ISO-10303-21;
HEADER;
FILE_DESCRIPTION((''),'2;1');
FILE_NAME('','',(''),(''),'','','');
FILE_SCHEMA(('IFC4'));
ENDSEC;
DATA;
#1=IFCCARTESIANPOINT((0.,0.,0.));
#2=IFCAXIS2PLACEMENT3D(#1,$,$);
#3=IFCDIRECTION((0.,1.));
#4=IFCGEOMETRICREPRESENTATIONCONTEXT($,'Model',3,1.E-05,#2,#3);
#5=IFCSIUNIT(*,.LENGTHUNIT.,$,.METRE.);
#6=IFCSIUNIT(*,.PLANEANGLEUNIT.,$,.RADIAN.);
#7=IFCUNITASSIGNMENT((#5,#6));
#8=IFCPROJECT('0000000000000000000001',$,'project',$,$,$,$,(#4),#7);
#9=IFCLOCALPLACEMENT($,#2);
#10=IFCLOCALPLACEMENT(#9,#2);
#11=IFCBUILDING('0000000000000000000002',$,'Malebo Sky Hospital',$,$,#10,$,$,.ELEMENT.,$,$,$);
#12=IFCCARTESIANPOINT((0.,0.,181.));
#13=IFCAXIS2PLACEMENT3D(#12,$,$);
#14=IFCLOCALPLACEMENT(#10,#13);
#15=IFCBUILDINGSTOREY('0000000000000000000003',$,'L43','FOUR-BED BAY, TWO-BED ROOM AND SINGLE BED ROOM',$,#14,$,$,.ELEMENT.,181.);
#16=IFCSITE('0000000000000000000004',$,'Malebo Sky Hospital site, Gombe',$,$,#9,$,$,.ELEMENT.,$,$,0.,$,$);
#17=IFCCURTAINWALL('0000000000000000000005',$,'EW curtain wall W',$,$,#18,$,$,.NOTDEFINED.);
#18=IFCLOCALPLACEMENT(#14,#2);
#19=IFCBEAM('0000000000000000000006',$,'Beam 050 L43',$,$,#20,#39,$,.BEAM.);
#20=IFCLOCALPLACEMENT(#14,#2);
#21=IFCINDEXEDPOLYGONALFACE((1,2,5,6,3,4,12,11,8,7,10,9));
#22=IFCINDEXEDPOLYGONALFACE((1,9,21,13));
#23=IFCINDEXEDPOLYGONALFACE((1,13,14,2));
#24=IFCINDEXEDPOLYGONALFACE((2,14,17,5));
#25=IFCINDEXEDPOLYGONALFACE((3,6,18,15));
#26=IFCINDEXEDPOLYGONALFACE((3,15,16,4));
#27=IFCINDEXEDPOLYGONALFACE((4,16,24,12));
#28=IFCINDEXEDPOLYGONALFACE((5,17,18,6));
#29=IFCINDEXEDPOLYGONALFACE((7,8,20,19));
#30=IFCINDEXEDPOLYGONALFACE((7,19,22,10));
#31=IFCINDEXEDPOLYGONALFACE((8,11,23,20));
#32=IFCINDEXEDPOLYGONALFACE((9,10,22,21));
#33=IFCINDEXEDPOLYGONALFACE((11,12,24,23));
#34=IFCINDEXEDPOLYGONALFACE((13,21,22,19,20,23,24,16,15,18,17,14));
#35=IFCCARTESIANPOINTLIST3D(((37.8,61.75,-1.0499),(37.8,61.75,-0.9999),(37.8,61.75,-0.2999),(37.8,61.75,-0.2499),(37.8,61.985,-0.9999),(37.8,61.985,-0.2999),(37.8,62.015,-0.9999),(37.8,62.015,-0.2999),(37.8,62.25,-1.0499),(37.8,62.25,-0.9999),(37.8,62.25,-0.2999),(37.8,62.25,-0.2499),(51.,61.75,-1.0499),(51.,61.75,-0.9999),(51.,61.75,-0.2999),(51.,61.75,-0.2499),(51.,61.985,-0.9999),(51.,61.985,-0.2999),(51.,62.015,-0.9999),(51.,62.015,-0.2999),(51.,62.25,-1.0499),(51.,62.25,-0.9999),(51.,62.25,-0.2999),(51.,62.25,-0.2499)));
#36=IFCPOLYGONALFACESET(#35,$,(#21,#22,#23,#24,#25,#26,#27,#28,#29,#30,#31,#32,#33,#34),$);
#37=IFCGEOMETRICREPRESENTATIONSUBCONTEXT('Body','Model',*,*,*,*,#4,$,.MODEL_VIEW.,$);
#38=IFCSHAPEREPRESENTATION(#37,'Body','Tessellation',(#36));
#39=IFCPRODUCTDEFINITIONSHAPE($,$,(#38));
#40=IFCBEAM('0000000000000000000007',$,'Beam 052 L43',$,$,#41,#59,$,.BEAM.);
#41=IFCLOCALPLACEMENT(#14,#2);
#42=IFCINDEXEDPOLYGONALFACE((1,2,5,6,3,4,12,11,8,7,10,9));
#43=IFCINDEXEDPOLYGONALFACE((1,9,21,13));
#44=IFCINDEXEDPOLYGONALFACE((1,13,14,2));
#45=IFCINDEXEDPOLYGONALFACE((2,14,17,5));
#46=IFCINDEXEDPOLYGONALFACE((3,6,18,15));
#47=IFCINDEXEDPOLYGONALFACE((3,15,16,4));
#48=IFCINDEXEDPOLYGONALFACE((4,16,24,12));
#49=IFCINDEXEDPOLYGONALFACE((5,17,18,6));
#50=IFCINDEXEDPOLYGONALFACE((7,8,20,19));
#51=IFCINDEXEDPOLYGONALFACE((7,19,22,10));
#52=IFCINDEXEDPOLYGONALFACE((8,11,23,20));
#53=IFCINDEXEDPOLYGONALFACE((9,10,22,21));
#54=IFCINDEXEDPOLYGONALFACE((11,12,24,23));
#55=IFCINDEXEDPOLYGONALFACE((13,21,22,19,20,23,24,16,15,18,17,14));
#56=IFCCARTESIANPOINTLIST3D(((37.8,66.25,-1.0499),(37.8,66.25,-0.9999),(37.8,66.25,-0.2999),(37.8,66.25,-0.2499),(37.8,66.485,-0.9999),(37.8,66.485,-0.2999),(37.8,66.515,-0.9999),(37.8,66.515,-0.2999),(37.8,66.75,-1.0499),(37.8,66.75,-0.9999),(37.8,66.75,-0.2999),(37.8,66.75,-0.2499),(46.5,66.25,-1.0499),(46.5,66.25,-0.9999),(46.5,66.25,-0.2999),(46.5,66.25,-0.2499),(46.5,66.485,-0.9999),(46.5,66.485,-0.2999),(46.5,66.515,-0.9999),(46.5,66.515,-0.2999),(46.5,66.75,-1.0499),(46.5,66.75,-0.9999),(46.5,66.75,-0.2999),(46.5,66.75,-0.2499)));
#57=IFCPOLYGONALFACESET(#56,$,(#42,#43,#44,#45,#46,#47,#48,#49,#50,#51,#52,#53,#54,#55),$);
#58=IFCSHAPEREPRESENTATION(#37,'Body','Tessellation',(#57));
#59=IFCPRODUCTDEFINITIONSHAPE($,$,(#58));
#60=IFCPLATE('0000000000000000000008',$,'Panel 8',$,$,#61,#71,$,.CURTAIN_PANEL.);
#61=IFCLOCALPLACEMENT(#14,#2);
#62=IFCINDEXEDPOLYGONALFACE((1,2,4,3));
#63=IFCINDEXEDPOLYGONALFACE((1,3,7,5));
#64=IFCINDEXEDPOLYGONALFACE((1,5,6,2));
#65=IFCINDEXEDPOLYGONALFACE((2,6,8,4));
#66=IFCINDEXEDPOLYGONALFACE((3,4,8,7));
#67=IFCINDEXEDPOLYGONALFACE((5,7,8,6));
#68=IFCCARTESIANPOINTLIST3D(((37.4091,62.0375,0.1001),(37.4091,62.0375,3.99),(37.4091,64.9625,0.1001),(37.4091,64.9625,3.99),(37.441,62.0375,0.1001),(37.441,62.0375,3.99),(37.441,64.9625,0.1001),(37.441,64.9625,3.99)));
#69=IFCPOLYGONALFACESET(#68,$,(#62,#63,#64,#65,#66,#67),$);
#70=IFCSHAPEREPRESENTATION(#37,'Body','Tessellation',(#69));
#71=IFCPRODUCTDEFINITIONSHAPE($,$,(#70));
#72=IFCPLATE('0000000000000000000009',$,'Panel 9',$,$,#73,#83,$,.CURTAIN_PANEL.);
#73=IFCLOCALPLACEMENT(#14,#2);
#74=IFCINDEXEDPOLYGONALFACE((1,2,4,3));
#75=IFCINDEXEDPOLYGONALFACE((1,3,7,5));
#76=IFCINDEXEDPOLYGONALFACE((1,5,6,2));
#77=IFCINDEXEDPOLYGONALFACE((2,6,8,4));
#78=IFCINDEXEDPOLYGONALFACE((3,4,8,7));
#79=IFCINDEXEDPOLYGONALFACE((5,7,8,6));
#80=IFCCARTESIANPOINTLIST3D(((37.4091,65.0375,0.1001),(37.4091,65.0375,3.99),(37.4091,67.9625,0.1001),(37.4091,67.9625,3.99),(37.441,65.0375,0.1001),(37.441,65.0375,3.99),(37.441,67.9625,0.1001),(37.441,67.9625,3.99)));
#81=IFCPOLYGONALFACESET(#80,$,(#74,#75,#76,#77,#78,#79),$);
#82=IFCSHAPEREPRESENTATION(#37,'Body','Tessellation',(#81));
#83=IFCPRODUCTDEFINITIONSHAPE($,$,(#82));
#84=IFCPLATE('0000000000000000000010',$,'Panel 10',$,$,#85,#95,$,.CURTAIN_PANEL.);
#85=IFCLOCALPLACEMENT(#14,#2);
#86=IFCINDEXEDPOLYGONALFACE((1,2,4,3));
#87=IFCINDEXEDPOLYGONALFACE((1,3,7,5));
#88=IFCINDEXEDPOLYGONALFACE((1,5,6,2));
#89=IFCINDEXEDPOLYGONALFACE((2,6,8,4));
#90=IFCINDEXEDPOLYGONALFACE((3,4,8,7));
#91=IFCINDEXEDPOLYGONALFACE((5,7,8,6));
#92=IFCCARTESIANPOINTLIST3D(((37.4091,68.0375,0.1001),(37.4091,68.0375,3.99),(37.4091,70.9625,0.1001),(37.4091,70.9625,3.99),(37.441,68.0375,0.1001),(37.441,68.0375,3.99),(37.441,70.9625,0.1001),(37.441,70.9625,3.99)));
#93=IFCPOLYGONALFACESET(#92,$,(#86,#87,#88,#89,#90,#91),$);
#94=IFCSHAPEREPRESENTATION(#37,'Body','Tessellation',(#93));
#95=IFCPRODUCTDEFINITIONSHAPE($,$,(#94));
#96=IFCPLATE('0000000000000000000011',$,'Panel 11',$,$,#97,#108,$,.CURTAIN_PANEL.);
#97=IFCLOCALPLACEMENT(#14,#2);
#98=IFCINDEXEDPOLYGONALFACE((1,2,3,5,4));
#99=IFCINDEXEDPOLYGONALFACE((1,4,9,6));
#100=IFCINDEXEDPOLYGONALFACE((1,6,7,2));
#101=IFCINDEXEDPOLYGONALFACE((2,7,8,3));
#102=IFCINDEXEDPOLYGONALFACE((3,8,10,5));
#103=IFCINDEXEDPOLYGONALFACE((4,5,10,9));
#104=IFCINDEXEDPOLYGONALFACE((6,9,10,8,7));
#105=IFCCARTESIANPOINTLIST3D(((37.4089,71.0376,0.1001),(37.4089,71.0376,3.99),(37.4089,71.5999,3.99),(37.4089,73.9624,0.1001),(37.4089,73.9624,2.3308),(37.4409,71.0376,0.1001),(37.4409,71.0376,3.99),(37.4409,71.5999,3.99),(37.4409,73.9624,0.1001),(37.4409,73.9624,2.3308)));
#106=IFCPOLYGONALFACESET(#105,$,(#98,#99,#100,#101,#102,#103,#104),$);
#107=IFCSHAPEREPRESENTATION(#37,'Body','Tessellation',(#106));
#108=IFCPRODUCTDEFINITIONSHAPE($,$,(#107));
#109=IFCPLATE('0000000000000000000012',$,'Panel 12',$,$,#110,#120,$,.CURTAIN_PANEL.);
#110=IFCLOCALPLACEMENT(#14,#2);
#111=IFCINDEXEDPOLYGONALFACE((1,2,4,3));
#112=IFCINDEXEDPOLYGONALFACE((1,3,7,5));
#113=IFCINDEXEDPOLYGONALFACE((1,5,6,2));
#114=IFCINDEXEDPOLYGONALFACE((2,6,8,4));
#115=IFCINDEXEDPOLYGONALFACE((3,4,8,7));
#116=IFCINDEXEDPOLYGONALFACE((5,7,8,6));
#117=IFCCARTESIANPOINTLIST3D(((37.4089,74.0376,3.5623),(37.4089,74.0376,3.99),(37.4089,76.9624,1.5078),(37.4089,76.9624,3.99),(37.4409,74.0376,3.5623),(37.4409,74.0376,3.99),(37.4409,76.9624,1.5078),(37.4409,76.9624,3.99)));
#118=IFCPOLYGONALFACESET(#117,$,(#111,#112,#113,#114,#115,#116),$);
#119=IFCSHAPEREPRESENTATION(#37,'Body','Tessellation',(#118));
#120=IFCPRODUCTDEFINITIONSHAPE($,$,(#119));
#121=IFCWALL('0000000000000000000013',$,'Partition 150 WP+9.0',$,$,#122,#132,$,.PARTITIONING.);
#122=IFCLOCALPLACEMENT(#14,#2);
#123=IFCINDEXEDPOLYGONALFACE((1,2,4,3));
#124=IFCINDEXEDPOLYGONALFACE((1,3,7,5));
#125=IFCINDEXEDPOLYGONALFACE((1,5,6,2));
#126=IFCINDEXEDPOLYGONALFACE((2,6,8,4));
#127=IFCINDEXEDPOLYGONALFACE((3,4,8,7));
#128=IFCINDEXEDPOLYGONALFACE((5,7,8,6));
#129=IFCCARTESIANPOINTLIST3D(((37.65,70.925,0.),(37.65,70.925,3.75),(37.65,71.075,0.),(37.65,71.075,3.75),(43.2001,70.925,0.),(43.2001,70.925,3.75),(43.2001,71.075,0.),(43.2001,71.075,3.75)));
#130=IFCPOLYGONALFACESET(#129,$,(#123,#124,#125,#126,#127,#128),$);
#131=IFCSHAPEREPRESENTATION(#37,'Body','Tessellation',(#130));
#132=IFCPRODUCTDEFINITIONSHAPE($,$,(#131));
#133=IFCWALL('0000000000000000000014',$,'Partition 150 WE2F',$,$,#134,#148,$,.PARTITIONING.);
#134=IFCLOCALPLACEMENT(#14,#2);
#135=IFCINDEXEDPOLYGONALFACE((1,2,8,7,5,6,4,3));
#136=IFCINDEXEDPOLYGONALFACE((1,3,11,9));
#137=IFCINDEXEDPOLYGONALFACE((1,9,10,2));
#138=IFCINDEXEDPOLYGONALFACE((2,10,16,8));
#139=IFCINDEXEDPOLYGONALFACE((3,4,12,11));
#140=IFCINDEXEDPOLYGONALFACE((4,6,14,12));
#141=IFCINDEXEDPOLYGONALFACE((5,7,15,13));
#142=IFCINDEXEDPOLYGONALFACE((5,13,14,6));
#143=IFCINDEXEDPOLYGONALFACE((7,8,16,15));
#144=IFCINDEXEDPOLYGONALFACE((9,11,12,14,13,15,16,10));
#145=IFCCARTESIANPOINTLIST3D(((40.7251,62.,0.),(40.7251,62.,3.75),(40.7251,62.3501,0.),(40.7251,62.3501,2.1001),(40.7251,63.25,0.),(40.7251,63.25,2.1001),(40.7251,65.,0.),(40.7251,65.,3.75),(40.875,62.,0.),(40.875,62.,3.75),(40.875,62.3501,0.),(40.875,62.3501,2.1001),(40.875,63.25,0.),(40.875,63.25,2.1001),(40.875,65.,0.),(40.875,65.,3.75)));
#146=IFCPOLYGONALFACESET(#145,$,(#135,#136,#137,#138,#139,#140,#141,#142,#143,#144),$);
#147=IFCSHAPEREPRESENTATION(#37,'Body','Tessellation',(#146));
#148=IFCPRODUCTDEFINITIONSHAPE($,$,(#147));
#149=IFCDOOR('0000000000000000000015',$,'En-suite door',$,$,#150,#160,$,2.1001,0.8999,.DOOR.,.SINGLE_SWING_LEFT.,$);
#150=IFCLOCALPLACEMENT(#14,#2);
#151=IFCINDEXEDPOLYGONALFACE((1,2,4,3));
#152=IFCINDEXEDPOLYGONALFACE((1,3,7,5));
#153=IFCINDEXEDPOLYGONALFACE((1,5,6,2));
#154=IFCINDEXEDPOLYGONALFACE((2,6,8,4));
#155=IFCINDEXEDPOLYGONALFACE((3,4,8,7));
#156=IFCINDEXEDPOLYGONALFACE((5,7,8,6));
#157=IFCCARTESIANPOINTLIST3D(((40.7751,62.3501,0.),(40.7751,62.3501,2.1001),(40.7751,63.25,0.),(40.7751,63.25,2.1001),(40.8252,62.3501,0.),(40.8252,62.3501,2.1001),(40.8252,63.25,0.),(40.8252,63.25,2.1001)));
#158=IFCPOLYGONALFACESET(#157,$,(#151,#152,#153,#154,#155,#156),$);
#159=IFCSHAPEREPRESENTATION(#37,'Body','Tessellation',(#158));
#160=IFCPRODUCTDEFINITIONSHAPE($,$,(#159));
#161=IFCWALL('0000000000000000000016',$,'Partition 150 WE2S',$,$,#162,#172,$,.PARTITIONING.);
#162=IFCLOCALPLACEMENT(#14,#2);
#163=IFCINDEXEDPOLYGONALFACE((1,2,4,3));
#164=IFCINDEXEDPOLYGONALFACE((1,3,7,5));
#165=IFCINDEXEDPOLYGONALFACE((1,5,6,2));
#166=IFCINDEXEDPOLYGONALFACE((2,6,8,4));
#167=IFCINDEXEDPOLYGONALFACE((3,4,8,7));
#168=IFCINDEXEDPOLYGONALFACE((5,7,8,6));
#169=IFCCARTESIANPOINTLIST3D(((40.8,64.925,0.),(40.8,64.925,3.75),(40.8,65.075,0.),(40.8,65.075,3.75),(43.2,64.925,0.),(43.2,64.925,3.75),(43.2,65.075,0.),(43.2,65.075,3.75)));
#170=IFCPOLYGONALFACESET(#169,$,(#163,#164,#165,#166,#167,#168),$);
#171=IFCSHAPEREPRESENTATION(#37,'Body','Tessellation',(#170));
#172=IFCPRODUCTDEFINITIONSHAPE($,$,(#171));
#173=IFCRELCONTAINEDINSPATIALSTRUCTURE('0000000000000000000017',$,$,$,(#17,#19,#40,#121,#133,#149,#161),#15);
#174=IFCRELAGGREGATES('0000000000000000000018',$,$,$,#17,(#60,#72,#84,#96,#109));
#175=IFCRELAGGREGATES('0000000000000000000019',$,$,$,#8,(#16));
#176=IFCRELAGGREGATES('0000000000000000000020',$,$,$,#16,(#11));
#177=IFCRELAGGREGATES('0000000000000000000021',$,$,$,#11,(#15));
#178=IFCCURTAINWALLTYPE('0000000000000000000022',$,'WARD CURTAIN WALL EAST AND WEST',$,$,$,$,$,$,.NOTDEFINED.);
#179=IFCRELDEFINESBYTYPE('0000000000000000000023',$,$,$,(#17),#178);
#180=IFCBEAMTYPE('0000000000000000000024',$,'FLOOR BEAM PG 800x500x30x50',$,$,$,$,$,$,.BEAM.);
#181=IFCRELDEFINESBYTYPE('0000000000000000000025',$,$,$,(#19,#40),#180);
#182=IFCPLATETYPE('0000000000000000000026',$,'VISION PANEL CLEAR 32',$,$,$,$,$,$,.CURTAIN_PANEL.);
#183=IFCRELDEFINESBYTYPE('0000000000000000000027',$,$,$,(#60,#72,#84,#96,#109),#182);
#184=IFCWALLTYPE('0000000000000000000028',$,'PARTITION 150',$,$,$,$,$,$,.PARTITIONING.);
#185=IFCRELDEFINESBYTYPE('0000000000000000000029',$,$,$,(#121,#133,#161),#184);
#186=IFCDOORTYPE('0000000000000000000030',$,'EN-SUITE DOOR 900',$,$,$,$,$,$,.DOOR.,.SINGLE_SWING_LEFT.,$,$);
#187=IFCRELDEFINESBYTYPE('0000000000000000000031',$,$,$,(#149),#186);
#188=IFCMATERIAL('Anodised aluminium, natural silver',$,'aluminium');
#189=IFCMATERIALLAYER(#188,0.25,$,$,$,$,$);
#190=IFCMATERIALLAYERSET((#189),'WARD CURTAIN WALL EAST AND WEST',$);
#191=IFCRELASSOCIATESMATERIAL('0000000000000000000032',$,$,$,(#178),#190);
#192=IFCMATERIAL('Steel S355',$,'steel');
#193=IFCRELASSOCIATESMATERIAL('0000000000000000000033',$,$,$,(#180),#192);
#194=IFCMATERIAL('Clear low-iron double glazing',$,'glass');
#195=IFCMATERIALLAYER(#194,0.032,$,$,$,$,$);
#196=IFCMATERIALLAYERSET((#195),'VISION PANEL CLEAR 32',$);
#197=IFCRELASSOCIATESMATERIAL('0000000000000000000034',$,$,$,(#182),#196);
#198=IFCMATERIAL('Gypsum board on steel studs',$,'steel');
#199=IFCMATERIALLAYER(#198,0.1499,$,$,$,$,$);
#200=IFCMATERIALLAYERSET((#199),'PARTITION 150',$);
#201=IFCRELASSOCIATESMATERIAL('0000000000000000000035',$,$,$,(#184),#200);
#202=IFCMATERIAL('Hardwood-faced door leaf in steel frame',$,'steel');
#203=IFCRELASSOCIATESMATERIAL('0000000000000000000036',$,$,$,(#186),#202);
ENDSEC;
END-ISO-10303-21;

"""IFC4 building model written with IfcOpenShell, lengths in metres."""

from ifc_helpers import new_model, si_unit, direction, frame, frame_2d, origin, origin_2d, place, context, subcontext, project, spatial, polyline, rectangle, i_section, outline, extrude, material, layer, layer_set, material_profile, profile_set, type_object, element, fill, aggregate, save


model = new_model("IFC4")

# Units and contexts
model_context = context("Model", 3, precision=1e-05, world=origin(), true_north=direction((0.0, 1.0)))
body_context = subcontext(model_context, "Body", "Model", "MODEL_VIEW")
ifc_project = project(units=[si_unit("LENGTHUNIT", "METRE"), si_unit("PLANEANGLEUNIT", "RADIAN")], contexts=[model_context])

# Site, building, storey
site_placement = place(None, origin())
site = spatial("IfcSite", under=ifc_project, at=site_placement, Name="Malebo Sky Hospital site, Gombe", CompositionType="ELEMENT", RefElevation=0.0)
building_placement = place(site_placement, origin())
building = spatial("IfcBuilding", under=site, at=building_placement, Name="Malebo Sky Hospital", CompositionType="ELEMENT")
storey_placement = place(building_placement, frame((0.0, 0.0, 181.0)))
storey = spatial("IfcBuildingStorey", under=building, at=storey_placement, Name="L43", Description="FOUR-BED BAY, TWO-BED ROOM AND SINGLE BED ROOM", CompositionType="ELEMENT", Elevation=181.0)

# Curtain wall
ifc_material_1 = material(Name="Anodised aluminium, natural silver", Category="aluminium")
ifc_layer_1 = layer(ifc_material_1, 0.25)
ifc_layer_set_1 = layer_set([ifc_layer_1], Name="WARD CURTAIN WALL EAST AND WEST")
curtain_wall_type = type_object("IfcCurtainWallType", Name="WARD CURTAIN WALL EAST AND WEST", PredefinedType="NOTDEFINED", material=ifc_layer_set_1)
curtain_wall_placement = place(storey_placement, origin())
curtain_wall = element("IfcCurtainWall", 1, at=curtain_wall_placement, inside=storey, type_object=curtain_wall_type, Name="EW curtain wall W", PredefinedType="NOTDEFINED")

# Beams
ifc_material_2 = material(Name="Steel S355", Category="steel")
ifc_material_profile_1 = material_profile(ifc_material_2, i_section(OverallWidth=0.5, OverallDepth=0.8, WebThickness=0.03, FlangeThickness=0.05, at=origin_2d()), Name="PG 800x500x30x50")
ifc_profile_set_1 = profile_set([ifc_material_profile_1], Name="Steel S355")
beam_type_1 = type_object("IfcBeamType", Name="FLOOR BEAM PG 800x500x30x50", PredefinedType="BEAM", material=ifc_profile_set_1)
beam_1_placement = place(storey_placement, frame((37.8, 62.0, -0.6499), z_axis=(1.0, 0.0, 0.0), x_axis=(0.0, 1.0, 0.0)))
element("IfcBeam", 2, at=beam_1_placement, inside=storey, type_object=beam_type_1, Name="Beam 050 L43", PredefinedType="BEAM", context=body_context, shape_type="SweptSolid", body=[
    extrude(i_section(OverallWidth=0.5, OverallDepth=0.8, WebThickness=0.03, FlangeThickness=0.05, at=origin_2d()), origin(), (0.0, 0.0, 1.0), 13.2),
])
beam_2_placement = place(storey_placement, frame((37.8, 66.5, -0.6499), z_axis=(1.0, 0.0, 0.0), x_axis=(0.0, 1.0, 0.0)))
element("IfcBeam", 3, at=beam_2_placement, inside=storey, type_object=beam_type_1, Name="Beam 052 L43", PredefinedType="BEAM", context=body_context, shape_type="SweptSolid", body=[
    extrude(i_section(OverallWidth=0.5, OverallDepth=0.8, WebThickness=0.03, FlangeThickness=0.05, at=origin_2d()), origin(), (0.0, 0.0, 1.0), 8.7),
])

# Plates
ifc_material_3 = material(Name="Clear low-iron double glazing", Category="glass")
ifc_layer_2 = layer(ifc_material_3, 0.032)
ifc_layer_set_2 = layer_set([ifc_layer_2], Name="VISION PANEL CLEAR 32")
plate_type = type_object("IfcPlateType", Name="VISION PANEL CLEAR 32", PredefinedType="CURTAIN_PANEL", material=ifc_layer_set_2)
plate_1_placement = place(storey_placement, frame((37.425, 63.5, 0.1001), z_axis=(0.0, 0.0, 1.0), x_axis=(0.0, 1.0, 0.0)))
plate_1 = element("IfcPlate", 4, at=plate_1_placement, type_object=plate_type, Name="Panel 8", PredefinedType="CURTAIN_PANEL", context=body_context, shape_type="SweptSolid", body=[
    extrude(rectangle(XDim=2.925, YDim=0.032, at=origin_2d()), origin(), (0.0, 0.0, 1.0), 3.8899),
])
plate_2_placement = place(storey_placement, frame((37.425, 66.5, 0.1001), z_axis=(0.0, 0.0, 1.0), x_axis=(0.0, 1.0, 0.0)))
plate_2 = element("IfcPlate", 5, at=plate_2_placement, type_object=plate_type, Name="Panel 9", PredefinedType="CURTAIN_PANEL", context=body_context, shape_type="SweptSolid", body=[
    extrude(rectangle(XDim=2.925, YDim=0.032, at=origin_2d()), origin(), (0.0, 0.0, 1.0), 3.8899),
])
plate_3_placement = place(storey_placement, frame((37.425, 69.5, 0.1001), z_axis=(0.0, 0.0, 1.0), x_axis=(0.0, 1.0, 0.0)))
plate_3 = element("IfcPlate", 6, at=plate_3_placement, type_object=plate_type, Name="Panel 10", PredefinedType="CURTAIN_PANEL", context=body_context, shape_type="SweptSolid", body=[
    extrude(rectangle(XDim=2.925, YDim=0.032, at=origin_2d()), origin(), (0.0, 0.0, 1.0), 3.8899),
])
plate_4_placement = place(storey_placement, frame((37.425, 72.5, 0.1001), z_axis=(0.0, 0.0, 1.0), x_axis=(0.0, 1.0, 0.0)))
plate_4 = element("IfcPlate", 7, at=plate_4_placement, type_object=plate_type, Name="Panel 11", PredefinedType="CURTAIN_PANEL", context=body_context, shape_type="SweptSolid", body=[
    extrude(outline(polyline([(-1.4624, 0.0), (1.4624, 0.0), (1.4624, 2.2307), (-0.9001, 3.8899), (-1.4624, 3.8899), (-1.4624, 0.0)])), frame((0.0, 0.0161, 0.0), z_axis=(0.0, -1.0, 0.0), x_axis=(1.0, 0.0, 0.0)), (0.0, 0.0, 1.0), 0.032),
])
plate_5_placement = place(storey_placement, frame((37.425, 75.5, 1.5078), z_axis=(0.0, 0.0, 1.0), x_axis=(0.0, 1.0, 0.0)))
plate_5 = element("IfcPlate", 8, at=plate_5_placement, type_object=plate_type, Name="Panel 12", PredefinedType="CURTAIN_PANEL", context=body_context, shape_type="SweptSolid", body=[
    extrude(outline(polyline([(1.4624, 0.0), (1.4624, 2.4822), (-1.4624, 2.4822), (-1.4624, 2.0544), (1.4624, 0.0)])), frame((0.0, 0.0161, 0.0), z_axis=(0.0, -1.0, 0.0), x_axis=(1.0, 0.0, 0.0)), (0.0, 0.0, 1.0), 0.032),
])
aggregate(curtain_wall, [plate_1, plate_2, plate_3, plate_4, plate_5])

# Wall
ifc_material_4 = material(Name="Gypsum board on steel studs", Category="steel")
ifc_layer_3 = layer(ifc_material_4, 0.1499)
ifc_layer_set_3 = layer_set([ifc_layer_3], Name="PARTITION 150")
wall_type_1 = type_object("IfcWallType", Name="PARTITION 150", PredefinedType="PARTITIONING", material=ifc_layer_set_3)
wall_1_placement = place(storey_placement, frame((43.2, 71.0, 0.0), z_axis=(0.0, 0.0, 1.0), x_axis=(-1.0, 0.0, 0.0)))
element("IfcWall", 9, at=wall_1_placement, inside=storey, type_object=wall_type_1, Name="Partition 150 WP+9.0", PredefinedType="PARTITIONING", context=body_context, shape_type="SweptSolid", body=[
    extrude(rectangle(XDim=5.55, YDim=0.1499, at=frame_2d((2.7749, 0.0))), origin(), (0.0, 0.0, 1.0), 3.75),
])

# Wall, opening, door
wall_2_placement = place(storey_placement, frame((40.8, 62.0, 0.0), z_axis=(0.0, 0.0, 1.0), x_axis=(0.0, 1.0, 0.0)))
wall_2 = element("IfcWall", 10, at=wall_2_placement, inside=storey, type_object=wall_type_1, Name="Partition 150 WE2F", PredefinedType="PARTITIONING", context=body_context, shape_type="SweptSolid", body=[
    extrude(rectangle(XDim=3.0, YDim=0.1499, at=frame_2d((1.5, 0.0))), origin(), (0.0, 0.0, 1.0), 3.75),
])
opening_1_placement = place(wall_2_placement, frame((0.3501, 0.0, 0.0)))
opening_1 = element("IfcOpeningElement", 11, at=opening_1_placement, cuts=wall_2, PredefinedType="OPENING", context=body_context, shape_type="SweptSolid", body=[
    extrude(rectangle(XDim=0.8999, YDim=2.1001, at=frame_2d((0.45, 1.05))), frame((0.0, 0.085, 0.0), z_axis=(0.0, -1.0, 0.0), x_axis=(1.0, 0.0, 0.0)), (0.0, 0.0, 1.0), 0.1699),
])
ifc_material_5 = material(Name="Hardwood-faced door leaf in steel frame", Category="steel")
door_type = type_object("IfcDoorType", Name="EN-SUITE DOOR 900", OperationType="SINGLE_SWING_LEFT", PredefinedType="DOOR", material=ifc_material_5)
door_1_placement = place(opening_1_placement, origin())
door_1 = element("IfcDoor", 12, at=door_1_placement, inside=storey, type_object=door_type, Name="En-suite door", OperationType="SINGLE_SWING_LEFT", OverallHeight=2.1001, OverallWidth=0.8999, PredefinedType="DOOR", context=body_context, shape_type="SweptSolid", body=[
    extrude(rectangle(XDim=0.8999, YDim=2.1001, at=frame_2d((0.45, 1.05))), frame((0.0, 0.0249, 0.0), z_axis=(0.0, -1.0, 0.0), x_axis=(1.0, 0.0, 0.0)), (0.0, 0.0, 1.0), 0.05),
])
fill(opening_1, door_1)

# Wall
wall_3_placement = place(storey_placement, frame((43.2, 65.0, 0.0), z_axis=(0.0, 0.0, 1.0), x_axis=(-1.0, 0.0, 0.0)))
element("IfcWall", 13, at=wall_3_placement, inside=storey, type_object=wall_type_1, Name="Partition 150 WE2S", PredefinedType="PARTITIONING", context=body_context, shape_type="SweptSolid", body=[
    extrude(rectangle(XDim=2.3999, YDim=0.1499, at=frame_2d((1.2, 0.0))), origin(), (0.0, 0.0, 1.0), 3.75),
])

save(model, "model.ifc")
